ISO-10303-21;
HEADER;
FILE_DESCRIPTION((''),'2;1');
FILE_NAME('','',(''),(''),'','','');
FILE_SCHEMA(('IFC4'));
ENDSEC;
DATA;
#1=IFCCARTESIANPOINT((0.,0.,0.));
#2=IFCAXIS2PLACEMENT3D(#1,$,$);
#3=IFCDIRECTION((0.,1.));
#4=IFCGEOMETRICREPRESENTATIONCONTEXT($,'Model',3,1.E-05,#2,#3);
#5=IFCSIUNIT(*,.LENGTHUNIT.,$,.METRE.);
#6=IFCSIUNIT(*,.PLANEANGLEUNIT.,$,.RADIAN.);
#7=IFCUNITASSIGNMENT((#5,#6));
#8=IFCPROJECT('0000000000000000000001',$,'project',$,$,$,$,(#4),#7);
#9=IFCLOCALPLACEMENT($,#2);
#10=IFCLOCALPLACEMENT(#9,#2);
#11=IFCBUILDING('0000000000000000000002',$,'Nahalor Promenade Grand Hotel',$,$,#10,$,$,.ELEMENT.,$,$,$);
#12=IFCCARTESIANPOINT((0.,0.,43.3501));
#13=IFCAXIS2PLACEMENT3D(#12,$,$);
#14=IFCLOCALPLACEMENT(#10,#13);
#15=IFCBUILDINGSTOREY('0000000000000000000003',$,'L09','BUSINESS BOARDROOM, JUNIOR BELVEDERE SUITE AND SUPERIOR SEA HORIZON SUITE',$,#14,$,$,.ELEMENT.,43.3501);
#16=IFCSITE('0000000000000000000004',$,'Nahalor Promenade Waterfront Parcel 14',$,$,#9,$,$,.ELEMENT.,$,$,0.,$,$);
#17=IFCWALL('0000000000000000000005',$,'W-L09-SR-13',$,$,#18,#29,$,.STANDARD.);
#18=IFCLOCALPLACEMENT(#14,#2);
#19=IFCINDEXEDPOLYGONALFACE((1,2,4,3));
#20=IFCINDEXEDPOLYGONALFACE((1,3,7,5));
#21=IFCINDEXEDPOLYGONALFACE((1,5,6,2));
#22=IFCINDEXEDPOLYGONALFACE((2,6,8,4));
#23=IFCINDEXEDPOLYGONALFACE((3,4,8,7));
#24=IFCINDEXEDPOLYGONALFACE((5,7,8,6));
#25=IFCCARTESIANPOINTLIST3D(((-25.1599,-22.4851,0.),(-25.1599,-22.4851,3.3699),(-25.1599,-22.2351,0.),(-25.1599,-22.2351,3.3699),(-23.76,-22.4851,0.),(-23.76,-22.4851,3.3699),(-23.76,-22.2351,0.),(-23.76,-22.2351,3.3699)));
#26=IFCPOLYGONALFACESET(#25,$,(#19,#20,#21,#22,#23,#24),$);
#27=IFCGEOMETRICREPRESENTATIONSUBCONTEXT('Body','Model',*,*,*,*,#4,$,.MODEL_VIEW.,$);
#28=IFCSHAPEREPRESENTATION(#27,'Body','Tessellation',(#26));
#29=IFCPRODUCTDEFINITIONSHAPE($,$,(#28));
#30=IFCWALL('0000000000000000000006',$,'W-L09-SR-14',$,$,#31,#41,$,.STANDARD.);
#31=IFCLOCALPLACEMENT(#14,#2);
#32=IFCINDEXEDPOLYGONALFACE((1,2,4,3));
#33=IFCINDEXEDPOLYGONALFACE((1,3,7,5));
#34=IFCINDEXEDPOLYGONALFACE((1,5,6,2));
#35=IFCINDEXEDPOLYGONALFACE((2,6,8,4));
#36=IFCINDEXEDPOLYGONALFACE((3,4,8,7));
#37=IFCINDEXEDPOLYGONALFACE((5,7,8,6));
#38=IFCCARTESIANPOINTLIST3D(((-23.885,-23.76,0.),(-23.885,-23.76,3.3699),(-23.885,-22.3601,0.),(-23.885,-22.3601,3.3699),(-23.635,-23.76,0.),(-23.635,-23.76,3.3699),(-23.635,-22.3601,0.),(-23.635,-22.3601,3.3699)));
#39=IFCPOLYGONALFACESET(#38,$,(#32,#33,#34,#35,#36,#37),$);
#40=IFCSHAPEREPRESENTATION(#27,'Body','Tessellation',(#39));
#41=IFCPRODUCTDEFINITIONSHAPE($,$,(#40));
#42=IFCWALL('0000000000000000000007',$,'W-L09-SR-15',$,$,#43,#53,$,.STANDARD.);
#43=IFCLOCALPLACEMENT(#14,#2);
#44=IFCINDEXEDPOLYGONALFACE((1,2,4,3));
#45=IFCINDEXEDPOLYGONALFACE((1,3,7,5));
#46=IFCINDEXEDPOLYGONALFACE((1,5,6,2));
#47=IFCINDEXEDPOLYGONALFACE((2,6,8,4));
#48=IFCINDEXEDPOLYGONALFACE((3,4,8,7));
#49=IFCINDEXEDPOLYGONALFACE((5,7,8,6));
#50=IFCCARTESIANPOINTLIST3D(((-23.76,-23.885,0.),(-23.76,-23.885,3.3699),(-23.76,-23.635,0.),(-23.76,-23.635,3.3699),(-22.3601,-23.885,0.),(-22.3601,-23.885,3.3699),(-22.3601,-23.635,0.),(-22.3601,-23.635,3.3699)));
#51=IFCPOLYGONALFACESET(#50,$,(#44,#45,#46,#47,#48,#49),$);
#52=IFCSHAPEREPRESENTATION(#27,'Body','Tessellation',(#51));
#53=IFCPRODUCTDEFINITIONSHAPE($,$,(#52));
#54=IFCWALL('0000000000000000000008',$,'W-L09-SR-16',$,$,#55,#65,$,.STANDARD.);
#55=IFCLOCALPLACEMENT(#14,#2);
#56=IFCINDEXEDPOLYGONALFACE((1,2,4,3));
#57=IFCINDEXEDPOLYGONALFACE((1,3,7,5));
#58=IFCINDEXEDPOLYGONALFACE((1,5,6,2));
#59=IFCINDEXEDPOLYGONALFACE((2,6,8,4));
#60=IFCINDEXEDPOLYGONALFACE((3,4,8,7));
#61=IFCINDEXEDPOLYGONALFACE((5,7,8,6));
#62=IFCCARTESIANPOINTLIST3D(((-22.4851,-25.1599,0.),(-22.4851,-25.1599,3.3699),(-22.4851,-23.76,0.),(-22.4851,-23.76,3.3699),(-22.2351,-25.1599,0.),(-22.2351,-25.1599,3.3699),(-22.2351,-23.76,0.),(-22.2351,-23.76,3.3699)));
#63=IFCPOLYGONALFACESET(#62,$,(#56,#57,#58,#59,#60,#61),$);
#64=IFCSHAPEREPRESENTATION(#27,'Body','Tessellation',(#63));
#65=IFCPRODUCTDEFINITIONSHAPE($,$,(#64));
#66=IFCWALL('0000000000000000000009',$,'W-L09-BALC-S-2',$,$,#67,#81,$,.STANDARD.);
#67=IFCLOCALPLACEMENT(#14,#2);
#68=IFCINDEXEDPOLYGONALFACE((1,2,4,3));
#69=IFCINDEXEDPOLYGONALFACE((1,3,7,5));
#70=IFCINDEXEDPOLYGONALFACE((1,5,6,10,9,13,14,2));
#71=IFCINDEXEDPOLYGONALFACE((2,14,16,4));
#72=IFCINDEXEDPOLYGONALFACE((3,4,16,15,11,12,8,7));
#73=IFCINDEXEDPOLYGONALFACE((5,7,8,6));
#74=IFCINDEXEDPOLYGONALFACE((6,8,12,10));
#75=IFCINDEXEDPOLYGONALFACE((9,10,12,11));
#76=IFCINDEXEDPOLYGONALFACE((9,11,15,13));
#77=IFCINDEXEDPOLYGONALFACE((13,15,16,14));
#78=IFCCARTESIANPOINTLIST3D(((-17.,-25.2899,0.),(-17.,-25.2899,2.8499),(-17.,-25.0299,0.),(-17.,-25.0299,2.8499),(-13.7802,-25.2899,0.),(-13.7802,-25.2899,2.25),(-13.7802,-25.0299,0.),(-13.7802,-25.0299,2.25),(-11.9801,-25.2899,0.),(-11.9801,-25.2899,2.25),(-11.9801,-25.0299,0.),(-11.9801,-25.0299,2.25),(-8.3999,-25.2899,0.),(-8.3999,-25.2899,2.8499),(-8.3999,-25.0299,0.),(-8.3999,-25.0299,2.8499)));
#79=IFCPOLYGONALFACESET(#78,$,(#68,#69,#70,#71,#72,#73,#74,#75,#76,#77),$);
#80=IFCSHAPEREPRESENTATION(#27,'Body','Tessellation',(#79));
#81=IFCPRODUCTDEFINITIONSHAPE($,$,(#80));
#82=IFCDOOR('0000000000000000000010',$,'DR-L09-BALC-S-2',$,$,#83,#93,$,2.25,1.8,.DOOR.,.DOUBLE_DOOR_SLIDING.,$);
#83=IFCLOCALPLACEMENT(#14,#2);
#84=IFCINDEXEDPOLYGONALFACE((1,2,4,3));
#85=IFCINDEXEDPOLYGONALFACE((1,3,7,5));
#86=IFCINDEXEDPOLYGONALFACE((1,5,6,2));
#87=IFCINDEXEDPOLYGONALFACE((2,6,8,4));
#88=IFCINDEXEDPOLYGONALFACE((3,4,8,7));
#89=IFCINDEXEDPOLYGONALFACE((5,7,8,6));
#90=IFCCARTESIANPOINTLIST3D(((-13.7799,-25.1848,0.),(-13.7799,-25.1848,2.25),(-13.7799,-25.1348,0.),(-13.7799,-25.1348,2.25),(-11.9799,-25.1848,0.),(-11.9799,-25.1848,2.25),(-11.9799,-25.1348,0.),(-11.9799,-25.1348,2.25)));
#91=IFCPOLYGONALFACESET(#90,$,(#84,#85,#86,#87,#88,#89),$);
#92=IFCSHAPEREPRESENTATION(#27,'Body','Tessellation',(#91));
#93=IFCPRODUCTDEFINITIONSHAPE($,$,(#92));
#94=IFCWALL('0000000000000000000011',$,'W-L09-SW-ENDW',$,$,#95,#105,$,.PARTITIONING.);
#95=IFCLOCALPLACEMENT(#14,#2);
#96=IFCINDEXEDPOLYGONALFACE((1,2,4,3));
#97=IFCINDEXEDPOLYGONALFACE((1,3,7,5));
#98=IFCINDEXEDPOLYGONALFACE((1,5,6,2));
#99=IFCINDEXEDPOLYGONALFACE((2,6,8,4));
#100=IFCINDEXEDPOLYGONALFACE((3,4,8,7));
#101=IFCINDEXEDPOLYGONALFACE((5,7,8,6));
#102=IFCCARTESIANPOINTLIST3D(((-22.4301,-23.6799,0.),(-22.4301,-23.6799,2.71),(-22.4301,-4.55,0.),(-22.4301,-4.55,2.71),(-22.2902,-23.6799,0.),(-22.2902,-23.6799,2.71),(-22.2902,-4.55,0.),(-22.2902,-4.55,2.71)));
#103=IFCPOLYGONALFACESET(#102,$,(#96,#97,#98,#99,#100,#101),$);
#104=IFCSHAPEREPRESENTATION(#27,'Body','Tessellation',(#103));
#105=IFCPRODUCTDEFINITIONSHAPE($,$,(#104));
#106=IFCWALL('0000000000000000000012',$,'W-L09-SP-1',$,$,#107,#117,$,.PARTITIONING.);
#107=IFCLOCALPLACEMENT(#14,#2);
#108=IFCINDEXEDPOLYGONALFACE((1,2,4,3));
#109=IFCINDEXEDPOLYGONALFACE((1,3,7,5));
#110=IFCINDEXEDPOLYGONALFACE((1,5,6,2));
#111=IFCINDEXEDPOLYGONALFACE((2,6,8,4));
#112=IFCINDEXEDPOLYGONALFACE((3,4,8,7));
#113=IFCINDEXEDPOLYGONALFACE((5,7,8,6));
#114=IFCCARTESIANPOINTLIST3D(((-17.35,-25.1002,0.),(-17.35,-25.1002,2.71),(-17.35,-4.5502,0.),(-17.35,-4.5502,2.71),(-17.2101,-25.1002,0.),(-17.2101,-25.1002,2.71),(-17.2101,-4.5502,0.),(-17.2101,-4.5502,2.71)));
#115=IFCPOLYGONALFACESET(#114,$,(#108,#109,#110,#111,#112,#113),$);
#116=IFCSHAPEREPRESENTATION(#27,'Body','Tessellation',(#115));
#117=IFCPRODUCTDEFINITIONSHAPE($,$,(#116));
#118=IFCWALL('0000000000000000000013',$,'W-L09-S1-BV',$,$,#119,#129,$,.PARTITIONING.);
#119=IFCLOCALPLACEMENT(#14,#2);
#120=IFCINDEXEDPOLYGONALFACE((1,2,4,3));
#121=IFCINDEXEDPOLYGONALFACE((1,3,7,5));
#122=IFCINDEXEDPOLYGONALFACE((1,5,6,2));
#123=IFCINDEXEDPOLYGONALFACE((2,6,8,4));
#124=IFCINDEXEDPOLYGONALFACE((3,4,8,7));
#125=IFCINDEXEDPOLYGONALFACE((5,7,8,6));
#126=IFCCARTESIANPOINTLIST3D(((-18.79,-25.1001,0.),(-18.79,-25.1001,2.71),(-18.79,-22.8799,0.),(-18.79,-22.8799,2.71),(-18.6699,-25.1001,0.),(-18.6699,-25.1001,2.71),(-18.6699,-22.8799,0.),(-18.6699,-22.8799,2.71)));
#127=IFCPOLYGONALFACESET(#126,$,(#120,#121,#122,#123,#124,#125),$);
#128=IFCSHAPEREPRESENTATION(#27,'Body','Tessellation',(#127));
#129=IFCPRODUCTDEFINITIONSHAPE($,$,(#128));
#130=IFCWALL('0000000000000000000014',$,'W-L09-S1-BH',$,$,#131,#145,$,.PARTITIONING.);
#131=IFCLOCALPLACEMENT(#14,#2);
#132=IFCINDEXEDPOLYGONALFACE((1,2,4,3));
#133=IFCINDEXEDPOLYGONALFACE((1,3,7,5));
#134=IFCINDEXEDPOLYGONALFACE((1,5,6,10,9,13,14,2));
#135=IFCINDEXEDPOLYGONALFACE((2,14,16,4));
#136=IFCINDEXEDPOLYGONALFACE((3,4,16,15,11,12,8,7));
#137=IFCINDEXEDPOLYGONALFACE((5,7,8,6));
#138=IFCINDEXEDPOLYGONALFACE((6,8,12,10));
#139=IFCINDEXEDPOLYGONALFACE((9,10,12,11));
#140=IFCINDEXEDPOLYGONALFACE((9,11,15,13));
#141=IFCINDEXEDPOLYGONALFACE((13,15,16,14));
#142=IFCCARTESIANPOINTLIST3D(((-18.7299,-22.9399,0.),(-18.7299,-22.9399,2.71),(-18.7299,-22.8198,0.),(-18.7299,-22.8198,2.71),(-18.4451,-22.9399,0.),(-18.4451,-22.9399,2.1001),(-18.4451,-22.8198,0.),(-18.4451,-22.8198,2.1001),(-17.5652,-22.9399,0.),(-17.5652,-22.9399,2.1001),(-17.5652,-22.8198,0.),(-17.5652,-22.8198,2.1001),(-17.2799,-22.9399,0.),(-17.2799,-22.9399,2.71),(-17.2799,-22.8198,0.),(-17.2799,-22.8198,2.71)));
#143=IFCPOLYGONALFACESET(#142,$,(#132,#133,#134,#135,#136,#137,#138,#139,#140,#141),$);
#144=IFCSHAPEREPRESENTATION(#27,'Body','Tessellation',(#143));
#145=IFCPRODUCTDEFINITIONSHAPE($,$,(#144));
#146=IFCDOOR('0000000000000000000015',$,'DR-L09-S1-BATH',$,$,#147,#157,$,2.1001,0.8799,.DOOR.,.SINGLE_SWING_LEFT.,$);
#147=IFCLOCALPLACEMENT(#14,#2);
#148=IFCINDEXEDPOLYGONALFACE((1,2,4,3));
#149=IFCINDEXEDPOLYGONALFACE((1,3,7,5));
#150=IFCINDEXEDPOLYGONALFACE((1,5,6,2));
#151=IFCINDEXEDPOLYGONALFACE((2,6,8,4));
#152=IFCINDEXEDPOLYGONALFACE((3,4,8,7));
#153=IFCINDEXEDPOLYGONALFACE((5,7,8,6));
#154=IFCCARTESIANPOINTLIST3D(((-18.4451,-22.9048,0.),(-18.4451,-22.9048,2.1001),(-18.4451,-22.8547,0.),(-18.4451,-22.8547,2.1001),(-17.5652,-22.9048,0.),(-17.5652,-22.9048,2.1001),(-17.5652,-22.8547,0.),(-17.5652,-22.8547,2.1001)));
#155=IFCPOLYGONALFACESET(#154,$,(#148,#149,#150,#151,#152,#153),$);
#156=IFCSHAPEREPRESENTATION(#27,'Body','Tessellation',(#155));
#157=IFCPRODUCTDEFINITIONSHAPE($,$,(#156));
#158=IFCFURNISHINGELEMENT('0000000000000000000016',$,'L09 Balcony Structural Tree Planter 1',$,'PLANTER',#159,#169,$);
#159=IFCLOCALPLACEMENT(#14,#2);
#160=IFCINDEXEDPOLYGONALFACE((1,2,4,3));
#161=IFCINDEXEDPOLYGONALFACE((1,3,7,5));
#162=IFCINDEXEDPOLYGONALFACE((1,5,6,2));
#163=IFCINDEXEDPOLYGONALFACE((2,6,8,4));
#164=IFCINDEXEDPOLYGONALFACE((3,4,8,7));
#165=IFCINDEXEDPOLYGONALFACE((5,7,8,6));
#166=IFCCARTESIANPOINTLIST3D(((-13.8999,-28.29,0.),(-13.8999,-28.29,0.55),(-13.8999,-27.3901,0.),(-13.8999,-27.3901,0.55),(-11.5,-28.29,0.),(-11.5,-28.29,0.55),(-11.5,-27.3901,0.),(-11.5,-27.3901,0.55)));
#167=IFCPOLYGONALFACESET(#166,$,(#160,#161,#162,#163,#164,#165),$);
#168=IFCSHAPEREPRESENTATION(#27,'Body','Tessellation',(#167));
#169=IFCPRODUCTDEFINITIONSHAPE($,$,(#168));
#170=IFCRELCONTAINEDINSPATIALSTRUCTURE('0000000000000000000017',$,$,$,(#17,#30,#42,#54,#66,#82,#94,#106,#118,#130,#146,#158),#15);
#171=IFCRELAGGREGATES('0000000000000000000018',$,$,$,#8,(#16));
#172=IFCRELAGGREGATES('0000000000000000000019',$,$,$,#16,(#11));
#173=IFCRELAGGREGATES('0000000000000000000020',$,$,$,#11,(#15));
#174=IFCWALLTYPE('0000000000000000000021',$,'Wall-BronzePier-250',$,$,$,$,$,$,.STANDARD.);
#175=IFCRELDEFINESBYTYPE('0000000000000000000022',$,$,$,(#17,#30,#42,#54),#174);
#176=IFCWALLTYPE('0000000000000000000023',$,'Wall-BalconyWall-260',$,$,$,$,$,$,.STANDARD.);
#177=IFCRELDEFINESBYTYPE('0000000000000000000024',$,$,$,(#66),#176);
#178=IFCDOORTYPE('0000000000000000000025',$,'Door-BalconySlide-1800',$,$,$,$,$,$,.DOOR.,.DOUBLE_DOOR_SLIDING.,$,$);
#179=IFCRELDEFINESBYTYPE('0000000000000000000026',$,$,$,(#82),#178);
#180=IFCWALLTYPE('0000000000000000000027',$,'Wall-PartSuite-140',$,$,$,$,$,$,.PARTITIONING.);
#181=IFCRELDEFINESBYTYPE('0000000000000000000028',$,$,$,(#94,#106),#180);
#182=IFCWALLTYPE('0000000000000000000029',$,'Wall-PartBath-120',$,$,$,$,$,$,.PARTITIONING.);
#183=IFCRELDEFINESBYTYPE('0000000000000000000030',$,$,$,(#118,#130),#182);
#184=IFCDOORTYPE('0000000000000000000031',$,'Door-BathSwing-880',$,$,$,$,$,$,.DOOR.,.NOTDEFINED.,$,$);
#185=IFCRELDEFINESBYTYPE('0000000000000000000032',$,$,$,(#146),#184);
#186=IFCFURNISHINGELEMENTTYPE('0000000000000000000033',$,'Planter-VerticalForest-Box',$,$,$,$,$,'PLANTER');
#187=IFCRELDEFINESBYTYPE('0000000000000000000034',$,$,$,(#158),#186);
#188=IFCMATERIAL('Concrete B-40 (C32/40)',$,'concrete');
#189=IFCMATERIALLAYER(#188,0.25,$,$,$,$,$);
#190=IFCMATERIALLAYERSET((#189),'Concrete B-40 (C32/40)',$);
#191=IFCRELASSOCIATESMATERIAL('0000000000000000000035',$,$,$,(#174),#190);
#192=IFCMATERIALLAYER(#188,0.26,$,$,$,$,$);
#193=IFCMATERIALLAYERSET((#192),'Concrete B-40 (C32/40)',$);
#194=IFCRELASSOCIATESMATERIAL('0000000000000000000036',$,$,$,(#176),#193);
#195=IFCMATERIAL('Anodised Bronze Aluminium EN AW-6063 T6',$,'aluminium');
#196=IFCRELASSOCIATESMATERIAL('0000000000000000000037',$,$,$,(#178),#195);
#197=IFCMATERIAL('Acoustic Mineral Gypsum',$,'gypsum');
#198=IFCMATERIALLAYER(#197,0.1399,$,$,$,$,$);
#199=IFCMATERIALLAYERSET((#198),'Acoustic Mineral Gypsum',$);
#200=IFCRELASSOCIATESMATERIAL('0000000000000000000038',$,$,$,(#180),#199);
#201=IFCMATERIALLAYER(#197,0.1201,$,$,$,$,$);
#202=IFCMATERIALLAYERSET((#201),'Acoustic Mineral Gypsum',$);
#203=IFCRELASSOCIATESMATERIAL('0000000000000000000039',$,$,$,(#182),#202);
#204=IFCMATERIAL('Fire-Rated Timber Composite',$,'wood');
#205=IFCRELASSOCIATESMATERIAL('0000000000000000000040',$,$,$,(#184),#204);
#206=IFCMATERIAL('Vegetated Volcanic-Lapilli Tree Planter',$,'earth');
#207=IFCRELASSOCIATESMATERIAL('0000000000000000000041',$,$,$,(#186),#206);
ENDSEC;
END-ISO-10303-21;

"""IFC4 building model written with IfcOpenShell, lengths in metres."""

from ifc_helpers import new_model, si_unit, direction, frame, frame_2d, origin, origin_2d, place, context, subcontext, project, spatial, rectangle, extrude, source, transform, mapped, material, layer, layer_set, type_object, element, fill, save


model = new_model("IFC4")

# Units and contexts
model_context = context("Model", 3, precision=1e-05, world=origin(), true_north=direction((0.0, 1.0)))
body_context = subcontext(model_context, "Body", "Model", "MODEL_VIEW")
ifc_project = project(units=[si_unit("LENGTHUNIT", "METRE"), si_unit("PLANEANGLEUNIT", "RADIAN")], contexts=[model_context])

# Site, building, storey
site_placement = place(None, origin())
site = spatial("IfcSite", under=ifc_project, at=site_placement, Name="Nahalor Promenade Waterfront Parcel 14", CompositionType="ELEMENT", RefElevation=0.0)
building_placement = place(site_placement, origin())
building = spatial("IfcBuilding", under=site, at=building_placement, Name="Nahalor Promenade Grand Hotel", CompositionType="ELEMENT")
storey_placement = place(building_placement, frame((0.0, 0.0, 43.3501)))
storey = spatial("IfcBuildingStorey", under=building, at=storey_placement, Name="L09", Description="BUSINESS BOARDROOM, JUNIOR BELVEDERE SUITE AND SUPERIOR SEA HORIZON SUITE", CompositionType="ELEMENT", Elevation=43.3501)

# Shared definitions
ifc_material_1 = material(Name="Anodised Bronze Aluminium EN AW-6063 T6", Category="aluminium")

# Walls
ifc_material_2 = material(Name="Concrete B-40 (C32/40)", Category="concrete")
ifc_layer_1 = layer(ifc_material_2, 0.25)
ifc_layer_set_1 = layer_set([ifc_layer_1], Name="Concrete B-40 (C32/40)")
wall_type_1 = type_object("IfcWallType", Name="Wall-BronzePier-250", PredefinedType="STANDARD", material=ifc_layer_set_1)
shared_shape_1 = source(origin(), body_context, "Body", "SweptSolid", [
    extrude(rectangle(XDim=1.3999, YDim=0.25, at=frame_2d((0.7, 0.0))), origin(), (0.0, 0.0, 1.0), 3.3699),
])
for number, where, z_axis, x_axis, name in (
    (1, (-25.1599, -22.3601, 0.0), (0.0, 0.0, 1.0), (1.0, 0.0, 0.0), "W-L09-SR-13"),
    (2, (-23.76, -23.76, 0.0), (0.0, 0.0, 1.0), (0.0, 1.0, 0.0), "W-L09-SR-14"),
    (3, (-23.76, -23.76, 0.0), (0.0, 0.0, 1.0), (1.0, 0.0, 0.0), "W-L09-SR-15"),
    (4, (-22.3601, -25.1599, 0.0), (0.0, 0.0, 1.0), (0.0, 1.0, 0.0), "W-L09-SR-16"),
):
    element("IfcWall", number, at=place(storey_placement, frame(where, z_axis=z_axis, x_axis=x_axis)), inside=storey, type_object=wall_type_1, Name=name, PredefinedType="STANDARD", context=body_context, shape_type="MappedRepresentation", body=[
        mapped(shared_shape_1, transform((0.0, 0.0, 0.0), scale=1.0)),
    ])

# Wall, opening, door
ifc_layer_2 = layer(ifc_material_2, 0.26)
ifc_layer_set_2 = layer_set([ifc_layer_2], Name="Concrete B-40 (C32/40)")
wall_type_2 = type_object("IfcWallType", Name="Wall-BalconyWall-260", PredefinedType="STANDARD", material=ifc_layer_set_2)
shared_shape_2 = source(origin(), body_context, "Body", "SweptSolid", [
    extrude(rectangle(XDim=8.6001, YDim=0.26, at=frame_2d((4.3, 0.0))), origin(), (0.0, 0.0, 1.0), 2.8499),
])
wall_1_placement = place(storey_placement, frame((-17.0, -25.1599, 0.0), z_axis=(0.0, 0.0, 1.0), x_axis=(1.0, 0.0, 0.0)))
wall_1 = element("IfcWall", 5, at=wall_1_placement, inside=storey, type_object=wall_type_2, Name="W-L09-BALC-S-2", PredefinedType="STANDARD", context=body_context, shape_type="MappedRepresentation", body=[
    mapped(shared_shape_2, transform((0.0, 0.0, 0.0), scale=1.0)),
])
opening_1_placement = place(wall_1_placement, frame((3.22, 0.0, 0.0)))
opening_1 = element("IfcOpeningElement", 6, at=opening_1_placement, cuts=wall_1, PredefinedType="OPENING", context=body_context, shape_type="SweptSolid", body=[
    extrude(rectangle(XDim=1.8, YDim=2.25, at=frame_2d((0.8999, 1.125))), frame((0.0, 0.1399, 0.0), z_axis=(0.0, -1.0, 0.0), x_axis=(1.0, 0.0, 0.0)), (0.0, 0.0, 1.0), 0.28),
])
door_type_1 = type_object("IfcDoorType", Name="Door-BalconySlide-1800", OperationType="DOUBLE_DOOR_SLIDING", PredefinedType="DOOR", material=ifc_material_1)
shared_shape_3 = source(origin(), body_context, "Body", "SweptSolid", [
    extrude(rectangle(XDim=1.8, YDim=2.25, at=frame_2d((0.8999, 1.125))), frame((0.0, 0.0249, 0.0), z_axis=(0.0, -1.0, 0.0), x_axis=(1.0, 0.0, 0.0)), (0.0, 0.0, 1.0), 0.05),
])
door_1_placement = place(opening_1_placement, frame((1.8, 0.0, 0.0), z_axis=(0.0, 0.0, 1.0), x_axis=(-1.0, 0.0, 0.0)))
door_1 = element("IfcDoor", 7, at=door_1_placement, inside=storey, type_object=door_type_1, Name="DR-L09-BALC-S-2", OperationType="DOUBLE_DOOR_SLIDING", OverallHeight=2.25, OverallWidth=1.8, PredefinedType="DOOR", context=body_context, shape_type="MappedRepresentation", body=[
    mapped(shared_shape_3, transform((0.0, 0.0, 0.0), scale=1.0)),
])
fill(opening_1, door_1)

# Walls
ifc_material_3 = material(Name="Acoustic Mineral Gypsum", Category="gypsum")
ifc_layer_3 = layer(ifc_material_3, 0.1399)
ifc_layer_set_3 = layer_set([ifc_layer_3], Name="Acoustic Mineral Gypsum")
wall_type_3 = type_object("IfcWallType", Name="Wall-PartSuite-140", PredefinedType="PARTITIONING", material=ifc_layer_set_3)
shared_shape_4 = source(origin(), body_context, "Body", "SweptSolid", [
    extrude(rectangle(XDim=19.1299, YDim=0.1399, at=frame_2d((9.5649, 0.0))), origin(), (0.0, 0.0, 1.0), 2.71),
])
wall_2_placement = place(storey_placement, frame((-22.3601, -23.6799, 0.0), z_axis=(0.0, 0.0, 1.0), x_axis=(0.0, 1.0, 0.0)))
element("IfcWall", 8, at=wall_2_placement, inside=storey, type_object=wall_type_3, Name="W-L09-SW-ENDW", PredefinedType="PARTITIONING", context=body_context, shape_type="MappedRepresentation", body=[
    mapped(shared_shape_4, transform((0.0, 0.0, 0.0), scale=1.0)),
])
shared_shape_5 = source(origin(), body_context, "Body", "SweptSolid", [
    extrude(rectangle(XDim=20.55, YDim=0.1399, at=frame_2d((10.2749, 0.0))), origin(), (0.0, 0.0, 1.0), 2.71),
])
wall_3_placement = place(storey_placement, frame((-17.28, -25.1001, 0.0), z_axis=(0.0, 0.0, 1.0), x_axis=(0.0, 1.0, 0.0)))
element("IfcWall", 9, at=wall_3_placement, inside=storey, type_object=wall_type_3, Name="W-L09-SP-1", PredefinedType="PARTITIONING", context=body_context, shape_type="MappedRepresentation", body=[
    mapped(shared_shape_5, transform((0.0, 0.0, 0.0), scale=1.0)),
])
ifc_layer_4 = layer(ifc_material_3, 0.1201)
ifc_layer_set_4 = layer_set([ifc_layer_4], Name="Acoustic Mineral Gypsum")
wall_type_4 = type_object("IfcWallType", Name="Wall-PartBath-120", PredefinedType="PARTITIONING", material=ifc_layer_set_4)
shared_shape_6 = source(origin(), body_context, "Body", "SweptSolid", [
    extrude(rectangle(XDim=2.2202, YDim=0.1201, at=frame_2d((1.1101, 0.0))), origin(), (0.0, 0.0, 1.0), 2.71),
])
wall_4_placement = place(storey_placement, frame((-18.73, -25.1001, 0.0), z_axis=(0.0, 0.0, 1.0), x_axis=(0.0, 1.0, 0.0)))
element("IfcWall", 10, at=wall_4_placement, inside=storey, type_object=wall_type_4, Name="W-L09-S1-BV", PredefinedType="PARTITIONING", context=body_context, shape_type="MappedRepresentation", body=[
    mapped(shared_shape_6, transform((0.0, 0.0, 0.0), scale=1.0)),
])

# Wall, opening, door
shared_shape_7 = source(origin(), body_context, "Body", "SweptSolid", [
    extrude(rectangle(XDim=1.45, YDim=0.1201, at=frame_2d((0.7251, 0.0))), origin(), (0.0, 0.0, 1.0), 2.71),
])
wall_5_placement = place(storey_placement, frame((-18.73, -22.8799, 0.0), z_axis=(0.0, 0.0, 1.0), x_axis=(1.0, 0.0, 0.0)))
wall_5 = element("IfcWall", 11, at=wall_5_placement, inside=storey, type_object=wall_type_4, Name="W-L09-S1-BH", PredefinedType="PARTITIONING", context=body_context, shape_type="MappedRepresentation", body=[
    mapped(shared_shape_7, transform((0.0, 0.0, 0.0), scale=1.0)),
])
opening_2_placement = place(wall_5_placement, frame((0.2849, 0.0, 0.0)))
opening_2 = element("IfcOpeningElement", 12, at=opening_2_placement, cuts=wall_5, PredefinedType="OPENING", context=body_context, shape_type="SweptSolid", body=[
    extrude(rectangle(XDim=0.8799, YDim=2.1001, at=frame_2d((0.4399, 1.05))), frame((0.0, 0.0701, 0.0), z_axis=(0.0, -1.0, 0.0), x_axis=(1.0, 0.0, 0.0)), (0.0, 0.0, 1.0), 0.1401),
])
ifc_material_4 = material(Name="Fire-Rated Timber Composite", Category="wood")
door_type_2 = type_object("IfcDoorType", Name="Door-BathSwing-880", OperationType="NOTDEFINED", PredefinedType="DOOR", material=ifc_material_4)
shared_shape_8 = source(origin(), body_context, "Body", "SweptSolid", [
    extrude(rectangle(XDim=0.8799, YDim=2.1001, at=frame_2d((0.4399, 1.05))), frame((0.0, 0.0249, 0.0), z_axis=(0.0, -1.0, 0.0), x_axis=(1.0, 0.0, 0.0)), (0.0, 0.0, 1.0), 0.05),
])
door_2_placement = place(opening_2_placement, frame((0.8799, 0.0, 0.0), z_axis=(0.0, 0.0, 1.0), x_axis=(-1.0, 0.0, 0.0)))
door_2 = element("IfcDoor", 13, at=door_2_placement, inside=storey, type_object=door_type_2, Name="DR-L09-S1-BATH", OperationType="SINGLE_SWING_LEFT", OverallHeight=2.1001, OverallWidth=0.8799, PredefinedType="DOOR", context=body_context, shape_type="MappedRepresentation", body=[
    mapped(shared_shape_8, transform((0.0, 0.0, 0.0), scale=1.0)),
])
fill(opening_2, door_2)

# Furnishing element
ifc_material_5 = material(Name="Vegetated Volcanic-Lapilli Tree Planter", Category="earth")
furnishing_element_type = type_object("IfcFurnishingElementType", Name="Planter-VerticalForest-Box", ElementType="PLANTER", material=ifc_material_5)
shared_shape_9 = source(origin(), body_context, "Body", "SweptSolid", [
    extrude(rectangle(XDim=2.3999, YDim=0.8999, at=origin_2d()), origin(), (0.0, 0.0, 1.0), 0.55),
])
furnishing_placement = place(storey_placement, frame((-12.7, -27.8401, 0.0), z_axis=(0.0, 0.0, 1.0), x_axis=(1.0, 0.0, 0.0)))
element("IfcFurnishingElement", 14, at=furnishing_placement, inside=storey, type_object=furnishing_element_type, Name="L09 Balcony Structural Tree Planter 1", ObjectType="PLANTER", context=body_context, shape_type="MappedRepresentation", body=[
    mapped(shared_shape_9, transform((0.0, 0.0, 0.0), scale=1.0)),
])

save(model, "model.ifc")
